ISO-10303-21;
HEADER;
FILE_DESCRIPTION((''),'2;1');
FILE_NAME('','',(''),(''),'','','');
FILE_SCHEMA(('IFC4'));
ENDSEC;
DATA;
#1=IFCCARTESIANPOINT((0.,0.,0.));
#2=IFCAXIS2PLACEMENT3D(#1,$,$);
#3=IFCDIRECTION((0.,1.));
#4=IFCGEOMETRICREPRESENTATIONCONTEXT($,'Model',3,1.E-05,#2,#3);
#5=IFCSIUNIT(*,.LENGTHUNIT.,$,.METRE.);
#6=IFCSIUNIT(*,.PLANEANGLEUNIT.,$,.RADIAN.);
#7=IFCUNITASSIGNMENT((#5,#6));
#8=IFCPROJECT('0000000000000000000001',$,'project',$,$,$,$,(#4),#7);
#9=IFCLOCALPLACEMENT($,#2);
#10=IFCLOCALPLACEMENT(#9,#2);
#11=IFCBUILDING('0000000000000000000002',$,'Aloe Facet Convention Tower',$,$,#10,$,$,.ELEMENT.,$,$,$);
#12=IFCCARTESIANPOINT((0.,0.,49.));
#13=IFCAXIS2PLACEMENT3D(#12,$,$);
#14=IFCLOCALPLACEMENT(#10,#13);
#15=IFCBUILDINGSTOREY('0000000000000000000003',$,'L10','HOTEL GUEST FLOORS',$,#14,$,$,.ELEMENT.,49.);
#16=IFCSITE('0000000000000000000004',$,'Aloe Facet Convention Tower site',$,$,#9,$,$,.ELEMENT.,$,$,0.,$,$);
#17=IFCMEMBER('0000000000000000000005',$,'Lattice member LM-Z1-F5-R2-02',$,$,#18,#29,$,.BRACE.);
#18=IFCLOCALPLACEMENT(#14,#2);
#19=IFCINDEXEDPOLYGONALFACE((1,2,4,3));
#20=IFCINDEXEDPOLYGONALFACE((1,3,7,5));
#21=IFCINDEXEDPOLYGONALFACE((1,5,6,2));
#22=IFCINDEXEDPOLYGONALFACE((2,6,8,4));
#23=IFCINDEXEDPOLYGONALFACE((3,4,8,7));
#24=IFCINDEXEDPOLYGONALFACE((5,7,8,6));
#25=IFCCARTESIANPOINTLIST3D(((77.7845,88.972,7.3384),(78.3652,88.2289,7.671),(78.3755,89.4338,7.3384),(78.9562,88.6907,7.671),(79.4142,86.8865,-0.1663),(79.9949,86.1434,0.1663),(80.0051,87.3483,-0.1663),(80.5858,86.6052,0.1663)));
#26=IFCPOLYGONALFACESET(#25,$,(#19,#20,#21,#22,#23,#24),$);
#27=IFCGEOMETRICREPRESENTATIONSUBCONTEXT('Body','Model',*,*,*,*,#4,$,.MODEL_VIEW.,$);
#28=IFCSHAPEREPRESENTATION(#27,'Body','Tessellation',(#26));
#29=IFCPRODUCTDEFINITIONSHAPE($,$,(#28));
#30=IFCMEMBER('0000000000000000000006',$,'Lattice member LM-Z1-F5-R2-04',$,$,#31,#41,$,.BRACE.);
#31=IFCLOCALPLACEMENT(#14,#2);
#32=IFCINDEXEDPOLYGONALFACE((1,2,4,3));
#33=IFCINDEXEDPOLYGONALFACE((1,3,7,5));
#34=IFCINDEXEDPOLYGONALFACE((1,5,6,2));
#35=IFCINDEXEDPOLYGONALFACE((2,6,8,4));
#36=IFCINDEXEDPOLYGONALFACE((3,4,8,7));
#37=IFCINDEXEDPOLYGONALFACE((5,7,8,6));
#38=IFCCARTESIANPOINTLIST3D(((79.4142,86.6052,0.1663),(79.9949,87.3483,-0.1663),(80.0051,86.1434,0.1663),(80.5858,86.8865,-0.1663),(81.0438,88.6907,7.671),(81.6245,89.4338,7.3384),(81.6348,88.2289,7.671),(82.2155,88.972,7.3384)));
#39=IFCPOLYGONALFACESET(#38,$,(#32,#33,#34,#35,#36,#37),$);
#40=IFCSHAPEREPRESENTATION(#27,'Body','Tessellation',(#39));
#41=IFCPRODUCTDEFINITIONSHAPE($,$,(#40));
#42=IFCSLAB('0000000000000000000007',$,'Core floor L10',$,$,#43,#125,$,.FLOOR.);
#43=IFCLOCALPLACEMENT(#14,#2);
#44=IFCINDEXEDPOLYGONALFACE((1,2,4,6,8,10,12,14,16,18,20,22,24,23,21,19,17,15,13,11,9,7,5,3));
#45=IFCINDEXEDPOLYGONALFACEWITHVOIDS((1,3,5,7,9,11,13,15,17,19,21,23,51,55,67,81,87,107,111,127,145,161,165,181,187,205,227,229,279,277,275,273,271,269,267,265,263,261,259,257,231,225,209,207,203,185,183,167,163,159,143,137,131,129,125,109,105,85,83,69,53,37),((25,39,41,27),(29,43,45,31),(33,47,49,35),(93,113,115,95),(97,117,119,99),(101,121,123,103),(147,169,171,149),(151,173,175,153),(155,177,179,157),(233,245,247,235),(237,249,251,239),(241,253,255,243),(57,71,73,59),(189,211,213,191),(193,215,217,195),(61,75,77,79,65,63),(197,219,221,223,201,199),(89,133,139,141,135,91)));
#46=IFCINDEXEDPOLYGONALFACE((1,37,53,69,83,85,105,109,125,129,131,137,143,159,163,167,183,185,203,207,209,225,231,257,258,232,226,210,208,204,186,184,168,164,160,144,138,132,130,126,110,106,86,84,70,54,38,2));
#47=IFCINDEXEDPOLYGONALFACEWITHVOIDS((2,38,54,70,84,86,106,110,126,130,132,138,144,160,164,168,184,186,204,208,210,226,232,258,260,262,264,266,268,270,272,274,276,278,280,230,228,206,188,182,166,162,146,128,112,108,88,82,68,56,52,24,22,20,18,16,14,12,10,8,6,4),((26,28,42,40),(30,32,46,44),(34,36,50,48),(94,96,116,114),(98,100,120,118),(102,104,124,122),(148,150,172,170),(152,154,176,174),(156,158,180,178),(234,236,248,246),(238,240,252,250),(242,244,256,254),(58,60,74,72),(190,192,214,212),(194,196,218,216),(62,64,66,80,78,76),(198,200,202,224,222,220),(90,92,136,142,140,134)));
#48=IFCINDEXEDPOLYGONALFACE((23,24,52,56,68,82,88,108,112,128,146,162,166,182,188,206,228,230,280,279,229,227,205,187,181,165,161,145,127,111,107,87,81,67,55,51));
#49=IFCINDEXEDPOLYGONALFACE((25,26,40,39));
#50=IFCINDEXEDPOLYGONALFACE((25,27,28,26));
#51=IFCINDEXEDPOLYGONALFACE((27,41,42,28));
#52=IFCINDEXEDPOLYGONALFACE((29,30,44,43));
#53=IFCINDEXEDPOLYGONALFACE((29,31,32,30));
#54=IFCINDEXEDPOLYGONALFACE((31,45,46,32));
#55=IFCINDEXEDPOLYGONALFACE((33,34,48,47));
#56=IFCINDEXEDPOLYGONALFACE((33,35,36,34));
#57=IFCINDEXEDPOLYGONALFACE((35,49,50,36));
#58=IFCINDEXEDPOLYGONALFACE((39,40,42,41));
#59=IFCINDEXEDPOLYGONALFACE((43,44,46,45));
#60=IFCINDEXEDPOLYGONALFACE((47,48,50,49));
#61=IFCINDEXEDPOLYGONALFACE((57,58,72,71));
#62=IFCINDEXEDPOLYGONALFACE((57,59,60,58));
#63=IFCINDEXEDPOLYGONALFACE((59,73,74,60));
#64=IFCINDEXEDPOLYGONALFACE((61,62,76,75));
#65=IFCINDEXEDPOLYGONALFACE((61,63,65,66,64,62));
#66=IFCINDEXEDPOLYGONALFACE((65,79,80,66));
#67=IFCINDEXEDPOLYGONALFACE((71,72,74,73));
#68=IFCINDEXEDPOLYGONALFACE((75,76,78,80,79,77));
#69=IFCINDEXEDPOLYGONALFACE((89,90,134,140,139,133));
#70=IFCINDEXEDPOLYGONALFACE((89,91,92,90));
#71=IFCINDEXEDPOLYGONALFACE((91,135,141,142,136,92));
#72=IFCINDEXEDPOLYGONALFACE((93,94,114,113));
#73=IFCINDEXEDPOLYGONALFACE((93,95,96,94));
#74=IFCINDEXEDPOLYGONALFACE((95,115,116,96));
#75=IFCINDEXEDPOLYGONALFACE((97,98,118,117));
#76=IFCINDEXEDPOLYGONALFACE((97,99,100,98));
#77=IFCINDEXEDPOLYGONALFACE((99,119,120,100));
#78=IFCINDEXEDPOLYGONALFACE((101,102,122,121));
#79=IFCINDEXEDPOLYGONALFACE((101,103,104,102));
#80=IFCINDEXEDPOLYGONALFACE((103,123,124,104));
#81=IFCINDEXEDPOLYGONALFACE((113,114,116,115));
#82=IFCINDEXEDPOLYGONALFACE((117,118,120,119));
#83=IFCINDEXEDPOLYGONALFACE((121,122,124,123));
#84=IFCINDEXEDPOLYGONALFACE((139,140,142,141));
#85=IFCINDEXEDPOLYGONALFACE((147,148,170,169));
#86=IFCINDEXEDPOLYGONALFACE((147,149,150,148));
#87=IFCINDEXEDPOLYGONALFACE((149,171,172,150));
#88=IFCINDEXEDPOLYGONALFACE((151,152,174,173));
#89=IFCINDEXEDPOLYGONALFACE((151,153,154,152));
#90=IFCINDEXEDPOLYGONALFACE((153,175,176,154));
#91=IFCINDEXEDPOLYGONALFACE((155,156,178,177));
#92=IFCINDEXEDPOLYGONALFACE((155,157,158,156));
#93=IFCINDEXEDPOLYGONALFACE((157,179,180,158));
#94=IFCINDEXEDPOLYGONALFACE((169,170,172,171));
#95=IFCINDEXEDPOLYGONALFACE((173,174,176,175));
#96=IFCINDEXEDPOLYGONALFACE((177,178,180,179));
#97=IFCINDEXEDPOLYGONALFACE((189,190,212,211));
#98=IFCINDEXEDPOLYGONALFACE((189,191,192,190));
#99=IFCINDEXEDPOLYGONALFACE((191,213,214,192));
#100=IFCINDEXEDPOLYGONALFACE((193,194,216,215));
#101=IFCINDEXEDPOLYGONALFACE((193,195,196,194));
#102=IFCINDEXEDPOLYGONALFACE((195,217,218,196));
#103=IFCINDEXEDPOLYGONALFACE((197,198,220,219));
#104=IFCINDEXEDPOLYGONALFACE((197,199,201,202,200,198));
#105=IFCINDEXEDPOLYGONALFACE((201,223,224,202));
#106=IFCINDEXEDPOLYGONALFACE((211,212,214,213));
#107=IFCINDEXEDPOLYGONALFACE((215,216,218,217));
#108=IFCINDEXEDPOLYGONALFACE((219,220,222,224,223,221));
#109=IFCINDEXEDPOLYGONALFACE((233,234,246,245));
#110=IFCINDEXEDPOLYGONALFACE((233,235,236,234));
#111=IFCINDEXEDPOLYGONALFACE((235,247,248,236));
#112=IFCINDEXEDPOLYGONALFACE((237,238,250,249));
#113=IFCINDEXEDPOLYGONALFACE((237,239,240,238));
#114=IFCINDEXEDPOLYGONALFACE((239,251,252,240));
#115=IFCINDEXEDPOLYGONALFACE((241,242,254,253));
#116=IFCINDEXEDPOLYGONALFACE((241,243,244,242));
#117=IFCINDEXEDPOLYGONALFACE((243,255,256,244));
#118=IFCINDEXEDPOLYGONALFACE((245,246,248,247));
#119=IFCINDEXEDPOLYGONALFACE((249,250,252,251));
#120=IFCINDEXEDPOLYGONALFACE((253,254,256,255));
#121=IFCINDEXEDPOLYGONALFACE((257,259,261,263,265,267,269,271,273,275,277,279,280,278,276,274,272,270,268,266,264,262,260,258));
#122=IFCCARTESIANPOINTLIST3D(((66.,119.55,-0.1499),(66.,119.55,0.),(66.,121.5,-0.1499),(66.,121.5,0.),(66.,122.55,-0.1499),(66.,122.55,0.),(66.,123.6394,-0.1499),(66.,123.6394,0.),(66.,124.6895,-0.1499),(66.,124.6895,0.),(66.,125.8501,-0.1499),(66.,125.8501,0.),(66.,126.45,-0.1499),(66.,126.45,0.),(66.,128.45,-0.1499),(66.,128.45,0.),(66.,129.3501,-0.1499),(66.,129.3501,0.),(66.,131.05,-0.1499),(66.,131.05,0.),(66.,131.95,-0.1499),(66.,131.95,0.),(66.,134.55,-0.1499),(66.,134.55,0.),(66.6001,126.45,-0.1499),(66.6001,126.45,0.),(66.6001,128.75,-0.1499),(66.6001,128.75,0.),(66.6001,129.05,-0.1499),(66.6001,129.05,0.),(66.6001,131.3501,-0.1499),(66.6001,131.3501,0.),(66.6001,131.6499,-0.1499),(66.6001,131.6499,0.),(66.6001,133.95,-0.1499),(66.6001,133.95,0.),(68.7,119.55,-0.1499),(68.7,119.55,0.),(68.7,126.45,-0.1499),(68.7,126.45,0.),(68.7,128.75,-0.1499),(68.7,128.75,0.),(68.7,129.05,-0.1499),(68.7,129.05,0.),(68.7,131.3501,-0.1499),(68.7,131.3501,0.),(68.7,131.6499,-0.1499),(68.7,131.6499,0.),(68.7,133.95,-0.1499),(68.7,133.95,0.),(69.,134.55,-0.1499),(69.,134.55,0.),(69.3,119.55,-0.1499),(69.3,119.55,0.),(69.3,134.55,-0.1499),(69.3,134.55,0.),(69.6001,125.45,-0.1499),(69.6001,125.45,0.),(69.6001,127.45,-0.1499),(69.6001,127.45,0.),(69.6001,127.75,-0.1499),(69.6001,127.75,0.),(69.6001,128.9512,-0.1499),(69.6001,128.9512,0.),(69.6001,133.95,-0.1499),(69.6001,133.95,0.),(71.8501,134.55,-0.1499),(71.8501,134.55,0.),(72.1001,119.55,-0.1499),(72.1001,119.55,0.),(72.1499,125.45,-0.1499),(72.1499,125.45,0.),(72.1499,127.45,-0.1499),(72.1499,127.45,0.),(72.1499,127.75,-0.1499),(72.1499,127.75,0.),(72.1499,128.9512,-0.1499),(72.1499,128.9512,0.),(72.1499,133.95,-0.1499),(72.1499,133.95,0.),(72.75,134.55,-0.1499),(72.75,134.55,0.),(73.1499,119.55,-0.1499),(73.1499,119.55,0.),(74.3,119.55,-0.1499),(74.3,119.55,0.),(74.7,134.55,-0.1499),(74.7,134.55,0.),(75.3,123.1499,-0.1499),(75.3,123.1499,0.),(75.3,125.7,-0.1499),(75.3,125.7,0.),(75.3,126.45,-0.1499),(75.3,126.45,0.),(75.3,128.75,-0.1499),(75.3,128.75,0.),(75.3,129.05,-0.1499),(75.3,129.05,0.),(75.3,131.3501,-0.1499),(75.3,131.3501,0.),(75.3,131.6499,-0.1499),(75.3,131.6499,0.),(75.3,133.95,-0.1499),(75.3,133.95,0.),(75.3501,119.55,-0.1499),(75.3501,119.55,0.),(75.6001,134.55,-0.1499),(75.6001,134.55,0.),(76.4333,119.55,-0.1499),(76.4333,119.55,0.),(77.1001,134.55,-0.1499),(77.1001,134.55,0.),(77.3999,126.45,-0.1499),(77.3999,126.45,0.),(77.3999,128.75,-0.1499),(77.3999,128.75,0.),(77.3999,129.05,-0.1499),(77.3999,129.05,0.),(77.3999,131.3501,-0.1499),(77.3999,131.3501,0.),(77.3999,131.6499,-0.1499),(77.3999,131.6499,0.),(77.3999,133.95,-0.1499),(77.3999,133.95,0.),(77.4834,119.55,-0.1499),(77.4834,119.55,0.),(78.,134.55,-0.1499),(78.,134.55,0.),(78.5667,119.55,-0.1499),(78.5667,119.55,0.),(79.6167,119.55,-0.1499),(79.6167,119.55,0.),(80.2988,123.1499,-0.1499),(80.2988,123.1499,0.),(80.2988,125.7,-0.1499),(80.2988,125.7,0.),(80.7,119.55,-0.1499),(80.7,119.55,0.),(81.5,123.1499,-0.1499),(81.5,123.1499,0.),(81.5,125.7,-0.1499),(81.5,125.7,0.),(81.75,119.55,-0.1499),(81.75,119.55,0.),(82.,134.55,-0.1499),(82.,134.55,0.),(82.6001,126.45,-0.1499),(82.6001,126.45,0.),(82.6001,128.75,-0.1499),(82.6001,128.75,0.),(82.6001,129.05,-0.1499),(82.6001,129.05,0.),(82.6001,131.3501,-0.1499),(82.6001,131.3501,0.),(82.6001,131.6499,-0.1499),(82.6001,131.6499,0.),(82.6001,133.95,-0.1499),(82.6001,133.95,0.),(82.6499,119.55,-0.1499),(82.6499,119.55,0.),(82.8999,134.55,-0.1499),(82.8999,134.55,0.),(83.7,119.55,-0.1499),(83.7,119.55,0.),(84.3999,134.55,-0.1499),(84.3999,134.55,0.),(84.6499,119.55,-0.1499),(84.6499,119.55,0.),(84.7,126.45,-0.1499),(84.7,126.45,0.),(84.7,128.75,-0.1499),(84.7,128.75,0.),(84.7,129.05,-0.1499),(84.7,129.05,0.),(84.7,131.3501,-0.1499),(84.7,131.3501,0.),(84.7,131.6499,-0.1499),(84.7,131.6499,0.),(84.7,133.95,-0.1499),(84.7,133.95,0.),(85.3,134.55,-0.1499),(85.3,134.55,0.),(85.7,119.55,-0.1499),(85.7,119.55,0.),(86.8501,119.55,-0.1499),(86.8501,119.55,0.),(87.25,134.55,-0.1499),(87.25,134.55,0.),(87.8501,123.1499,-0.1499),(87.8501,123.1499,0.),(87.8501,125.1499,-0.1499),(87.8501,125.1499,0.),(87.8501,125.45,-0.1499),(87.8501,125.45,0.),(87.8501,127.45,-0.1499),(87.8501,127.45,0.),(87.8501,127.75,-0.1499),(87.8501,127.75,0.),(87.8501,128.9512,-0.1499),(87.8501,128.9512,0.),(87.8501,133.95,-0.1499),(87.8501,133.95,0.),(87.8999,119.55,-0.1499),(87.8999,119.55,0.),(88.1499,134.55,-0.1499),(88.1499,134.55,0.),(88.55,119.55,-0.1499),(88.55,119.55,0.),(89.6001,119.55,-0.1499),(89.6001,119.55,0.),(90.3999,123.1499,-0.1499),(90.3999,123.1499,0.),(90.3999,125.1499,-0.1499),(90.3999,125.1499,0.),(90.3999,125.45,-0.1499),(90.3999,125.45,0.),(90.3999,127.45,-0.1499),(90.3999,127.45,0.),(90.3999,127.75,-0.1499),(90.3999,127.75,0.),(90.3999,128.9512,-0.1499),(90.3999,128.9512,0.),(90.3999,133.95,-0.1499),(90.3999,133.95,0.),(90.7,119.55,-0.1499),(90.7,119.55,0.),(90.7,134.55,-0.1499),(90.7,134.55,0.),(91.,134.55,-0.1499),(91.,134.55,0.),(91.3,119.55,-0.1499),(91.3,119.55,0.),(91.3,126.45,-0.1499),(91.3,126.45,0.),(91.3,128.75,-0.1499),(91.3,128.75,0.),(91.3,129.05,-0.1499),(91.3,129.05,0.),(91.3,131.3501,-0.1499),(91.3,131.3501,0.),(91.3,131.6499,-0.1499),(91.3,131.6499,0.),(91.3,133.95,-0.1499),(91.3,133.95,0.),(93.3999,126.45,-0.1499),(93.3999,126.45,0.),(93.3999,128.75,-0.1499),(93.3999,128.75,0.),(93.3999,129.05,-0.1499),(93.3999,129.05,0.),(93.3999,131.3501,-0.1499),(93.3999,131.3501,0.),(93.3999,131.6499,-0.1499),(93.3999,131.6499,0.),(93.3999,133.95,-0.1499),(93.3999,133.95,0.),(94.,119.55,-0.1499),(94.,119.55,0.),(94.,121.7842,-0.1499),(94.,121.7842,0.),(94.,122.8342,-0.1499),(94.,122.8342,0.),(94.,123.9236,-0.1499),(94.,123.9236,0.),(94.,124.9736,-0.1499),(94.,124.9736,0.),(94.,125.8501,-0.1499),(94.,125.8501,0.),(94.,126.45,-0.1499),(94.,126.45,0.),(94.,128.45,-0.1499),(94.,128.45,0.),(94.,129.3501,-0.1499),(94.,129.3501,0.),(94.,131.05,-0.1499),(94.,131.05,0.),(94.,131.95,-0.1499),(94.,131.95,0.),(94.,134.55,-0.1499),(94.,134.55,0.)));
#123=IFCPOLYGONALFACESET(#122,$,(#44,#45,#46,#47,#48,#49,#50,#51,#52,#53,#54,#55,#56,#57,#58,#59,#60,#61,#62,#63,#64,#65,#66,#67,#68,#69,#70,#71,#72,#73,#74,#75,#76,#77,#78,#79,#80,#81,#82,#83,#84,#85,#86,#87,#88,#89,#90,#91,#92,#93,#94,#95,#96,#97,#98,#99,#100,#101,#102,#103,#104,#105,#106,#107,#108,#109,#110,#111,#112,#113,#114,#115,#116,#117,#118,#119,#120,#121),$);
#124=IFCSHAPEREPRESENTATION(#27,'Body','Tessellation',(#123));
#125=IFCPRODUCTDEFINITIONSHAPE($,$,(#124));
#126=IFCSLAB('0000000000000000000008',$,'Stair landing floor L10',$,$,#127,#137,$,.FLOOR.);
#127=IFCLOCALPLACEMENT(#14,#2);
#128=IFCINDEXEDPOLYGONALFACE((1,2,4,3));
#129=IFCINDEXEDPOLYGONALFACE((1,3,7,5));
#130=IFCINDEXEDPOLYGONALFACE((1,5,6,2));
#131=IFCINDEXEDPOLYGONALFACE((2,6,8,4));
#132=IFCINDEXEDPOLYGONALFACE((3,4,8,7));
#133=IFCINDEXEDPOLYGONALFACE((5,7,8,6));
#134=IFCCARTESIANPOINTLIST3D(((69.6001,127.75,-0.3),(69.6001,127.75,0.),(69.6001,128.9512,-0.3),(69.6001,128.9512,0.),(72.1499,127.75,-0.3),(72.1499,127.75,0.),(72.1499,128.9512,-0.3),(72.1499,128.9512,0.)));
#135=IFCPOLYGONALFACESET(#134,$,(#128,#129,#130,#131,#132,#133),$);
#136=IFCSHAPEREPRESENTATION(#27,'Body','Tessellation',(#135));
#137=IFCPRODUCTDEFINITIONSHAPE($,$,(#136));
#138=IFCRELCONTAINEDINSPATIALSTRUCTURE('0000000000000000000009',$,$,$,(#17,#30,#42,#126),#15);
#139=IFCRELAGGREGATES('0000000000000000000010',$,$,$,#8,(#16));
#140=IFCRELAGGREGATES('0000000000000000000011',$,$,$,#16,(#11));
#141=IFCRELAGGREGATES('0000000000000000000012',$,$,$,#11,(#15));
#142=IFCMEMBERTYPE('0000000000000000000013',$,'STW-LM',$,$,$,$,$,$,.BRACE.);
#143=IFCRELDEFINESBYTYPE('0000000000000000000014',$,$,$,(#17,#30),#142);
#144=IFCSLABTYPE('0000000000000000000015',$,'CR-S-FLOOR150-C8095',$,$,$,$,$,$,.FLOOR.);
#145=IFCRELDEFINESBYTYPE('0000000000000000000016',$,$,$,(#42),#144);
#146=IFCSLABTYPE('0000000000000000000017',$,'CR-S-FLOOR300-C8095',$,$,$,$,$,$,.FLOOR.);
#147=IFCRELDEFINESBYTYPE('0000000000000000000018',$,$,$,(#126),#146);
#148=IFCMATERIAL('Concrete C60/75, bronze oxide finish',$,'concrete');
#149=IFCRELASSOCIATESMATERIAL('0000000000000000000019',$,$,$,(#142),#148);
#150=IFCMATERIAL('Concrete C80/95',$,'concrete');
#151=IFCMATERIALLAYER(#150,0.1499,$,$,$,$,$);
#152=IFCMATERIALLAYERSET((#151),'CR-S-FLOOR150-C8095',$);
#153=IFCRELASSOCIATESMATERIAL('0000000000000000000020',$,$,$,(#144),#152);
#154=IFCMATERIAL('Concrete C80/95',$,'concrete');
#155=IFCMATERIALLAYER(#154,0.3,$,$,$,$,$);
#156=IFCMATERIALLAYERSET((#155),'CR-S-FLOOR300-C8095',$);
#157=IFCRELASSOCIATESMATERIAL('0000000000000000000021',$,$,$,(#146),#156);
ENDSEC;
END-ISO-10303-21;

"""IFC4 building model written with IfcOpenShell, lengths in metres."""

from ifc_helpers import new_model, si_unit, direction, frame, origin, origin_2d, place, context, subcontext, project, spatial, polyline, rectangle, outline, extrude, material, layer, layer_set, material_profile, profile_set, type_object, element, save


model = new_model("IFC4")

# Units and contexts
model_context = context("Model", 3, precision=1e-05, world=origin(), true_north=direction((0.0, 1.0)))
body_context = subcontext(model_context, "Body", "Model", "MODEL_VIEW")
ifc_project = project(units=[si_unit("LENGTHUNIT", "METRE"), si_unit("PLANEANGLEUNIT", "RADIAN")], contexts=[model_context])

# Site, building, storey
site_placement = place(None, origin())
site = spatial("IfcSite", under=ifc_project, at=site_placement, Name="Aloe Facet Convention Tower site", CompositionType="ELEMENT", RefElevation=0.0)
building_placement = place(site_placement, origin())
building = spatial("IfcBuilding", under=site, at=building_placement, Name="Aloe Facet Convention Tower", CompositionType="ELEMENT")
storey_placement = place(building_placement, frame((0.0, 0.0, 49.0)))
storey = spatial("IfcBuildingStorey", under=building, at=storey_placement, Name="L10", Description="HOTEL GUEST FLOORS", CompositionType="ELEMENT", Elevation=49.0)

# Members
ifc_material_1 = material(Name="Concrete C60/75, bronze oxide finish", Category="concrete")
ifc_material_profile = material_profile(ifc_material_1, rectangle(XDim=0.75, YDim=1.0, at=origin_2d()), Name="STW-LM")
ifc_profile_set = profile_set([ifc_material_profile], Name="Concrete C60/75, bronze oxide finish")
member_type = type_object("IfcMemberType", Name="STW-LM", PredefinedType="BRACE", material=ifc_profile_set)
for number, where, z_axis, x_axis, name in (
    (1, (80.0, 86.7458, 0.0), (-0.204789, 0.262068, 0.943071), (-0.787954, -0.615734, 0.0), "Lattice member LM-Z1-F5-R2-02"),
    (2, (80.0, 86.7458, 0.0), (0.204789, 0.262068, 0.943071), (-0.787954, 0.615734, 0.0), "Lattice member LM-Z1-F5-R2-04"),
):
    element("IfcMember", number, at=place(storey_placement, frame(where, z_axis=z_axis, x_axis=x_axis)), inside=storey, type_object=member_type, Name=name, PredefinedType="BRACE", context=body_context, shape_type="SweptSolid", body=[
        extrude(rectangle(XDim=0.75, YDim=1.0, at=origin_2d()), origin(), (0.0, 0.0, 1.0), 7.9578),
    ])

# Slabs
ifc_material_2 = material(Name="Concrete C80/95", Category="concrete")
ifc_layer_1 = layer(ifc_material_2, 0.1499)
ifc_layer_set_1 = layer_set([ifc_layer_1], Name="CR-S-FLOOR150-C8095")
slab_type_1 = type_object("IfcSlabType", Name="CR-S-FLOOR150-C8095", PredefinedType="FLOOR", material=ifc_layer_set_1)
slab_1_placement = place(storey_placement, frame((0.0, 0.0, -0.1499)))
element("IfcSlab", 3, at=slab_1_placement, inside=storey, type_object=slab_type_1, Name="Core floor L10", PredefinedType="FLOOR", context=body_context, shape_type="SweptSolid", body=[
    extrude(outline(polyline([(69.3, 134.55), (71.8501, 134.55), (72.75, 134.55), (74.7, 134.55), (75.6001, 134.55), (77.1001, 134.55), (78.0, 134.55), (82.0, 134.55), (82.8999, 134.55), (84.3999, 134.55), (85.3, 134.55), (87.25, 134.55), (88.1499, 134.55), (90.7, 134.55), (91.0, 134.55), (94.0, 134.55), (94.0, 131.95), (94.0, 131.05), (94.0, 129.3501), (94.0, 128.45), (94.0, 126.45), (94.0, 125.8501), (94.0, 124.9736), (94.0, 123.9236), (94.0, 122.8342), (94.0, 121.7842), (94.0, 119.55), (91.3, 119.55), (90.7, 119.55), (89.6001, 119.55), (88.55, 119.55), (87.8999, 119.55), (86.8501, 119.55), (85.7, 119.55), (84.6499, 119.55), (83.7, 119.55), (82.6499, 119.55), (81.75, 119.55), (80.7, 119.55), (79.6167, 119.55), (78.5667, 119.55), (77.4834, 119.55), (76.4333, 119.55), (75.3501, 119.55), (74.3, 119.55), (73.1499, 119.55), (72.1001, 119.55), (69.3, 119.55), (68.7, 119.55), (66.0, 119.55), (66.0, 121.5), (66.0, 122.55), (66.0, 123.6394), (66.0, 124.6895), (66.0, 125.8501), (66.0, 126.45), (66.0, 128.45), (66.0, 129.3501), (66.0, 131.05), (66.0, 131.95), (66.0, 134.55), (69.0, 134.55), (69.3, 134.55)]), holes=[polyline([(75.3, 123.1499), (80.2988, 123.1499), (81.5, 123.1499), (81.5, 125.7), (80.2988, 125.7), (75.3, 125.7), (75.3, 123.1499)]), polyline([(69.6001, 125.45), (72.1499, 125.45), (72.1499, 127.45), (69.6001, 127.45), (69.6001, 125.45)]), polyline([(66.6001, 126.45), (68.7, 126.45), (68.7, 128.75), (66.6001, 128.75), (66.6001, 126.45)]), polyline([(75.3, 126.45), (77.3999, 126.45), (77.3999, 128.75), (75.3, 128.75), (75.3, 126.45)]), polyline([(66.6001, 129.05), (68.7, 129.05), (68.7, 131.3501), (66.6001, 131.3501), (66.6001, 129.05)]), polyline([(75.3, 129.05), (77.3999, 129.05), (77.3999, 131.3501), (75.3, 131.3501), (75.3, 129.05)]), polyline([(69.6001, 133.95), (69.6001, 128.9512), (69.6001, 127.75), (72.1499, 127.75), (72.1499, 128.9512), (72.1499, 133.95), (69.6001, 133.95)]), polyline([(66.6001, 133.95), (66.6001, 131.6499), (68.7, 131.6499), (68.7, 133.95), (66.6001, 133.95)]), polyline([(75.3, 133.95), (75.3, 131.6499), (77.3999, 131.6499), (77.3999, 133.95), (75.3, 133.95)]), polyline([(87.8501, 123.1499), (90.3999, 123.1499), (90.3999, 125.1499), (87.8501, 125.1499), (87.8501, 123.1499)]), polyline([(87.8501, 125.45), (90.3999, 125.45), (90.3999, 127.45), (87.8501, 127.45), (87.8501, 125.45)]), polyline([(82.6001, 126.45), (84.7, 126.45), (84.7, 128.75), (82.6001, 128.75), (82.6001, 126.45)]), polyline([(91.3, 126.45), (93.3999, 126.45), (93.3999, 128.75), (91.3, 128.75), (91.3, 126.45)]), polyline([(82.6001, 129.05), (84.7, 129.05), (84.7, 131.3501), (82.6001, 131.3501), (82.6001, 129.05)]), polyline([(91.3, 129.05), (93.3999, 129.05), (93.3999, 131.3501), (91.3, 131.3501), (91.3, 129.05)]), polyline([(87.8501, 133.95), (87.8501, 128.9512), (87.8501, 127.75), (90.3999, 127.75), (90.3999, 128.9512), (90.3999, 133.95), (87.8501, 133.95)]), polyline([(82.6001, 133.95), (82.6001, 131.6499), (84.7, 131.6499), (84.7, 133.95), (82.6001, 133.95)]), polyline([(91.3, 133.95), (91.3, 131.6499), (93.3999, 131.6499), (93.3999, 133.95), (91.3, 133.95)])]), origin(), (0.0, 0.0, 1.0), 0.1499),
])
ifc_material_3 = material(Name="Concrete C80/95", Category="concrete")
ifc_layer_2 = layer(ifc_material_3, 0.3)
ifc_layer_set_2 = layer_set([ifc_layer_2], Name="CR-S-FLOOR300-C8095")
slab_type_2 = type_object("IfcSlabType", Name="CR-S-FLOOR300-C8095", PredefinedType="FLOOR", material=ifc_layer_set_2)
slab_2_placement = place(storey_placement, frame((0.0, 0.0, -0.3)))
element("IfcSlab", 4, at=slab_2_placement, inside=storey, type_object=slab_type_2, Name="Stair landing floor L10", PredefinedType="FLOOR", context=body_context, shape_type="SweptSolid", body=[
    extrude(outline(polyline([(72.1499, 127.75), (72.1499, 128.9512), (69.6001, 128.9512), (69.6001, 127.75), (72.1499, 127.75)])), origin(), (0.0, 0.0, 1.0), 0.3),
])

save(model, "model.ifc")
